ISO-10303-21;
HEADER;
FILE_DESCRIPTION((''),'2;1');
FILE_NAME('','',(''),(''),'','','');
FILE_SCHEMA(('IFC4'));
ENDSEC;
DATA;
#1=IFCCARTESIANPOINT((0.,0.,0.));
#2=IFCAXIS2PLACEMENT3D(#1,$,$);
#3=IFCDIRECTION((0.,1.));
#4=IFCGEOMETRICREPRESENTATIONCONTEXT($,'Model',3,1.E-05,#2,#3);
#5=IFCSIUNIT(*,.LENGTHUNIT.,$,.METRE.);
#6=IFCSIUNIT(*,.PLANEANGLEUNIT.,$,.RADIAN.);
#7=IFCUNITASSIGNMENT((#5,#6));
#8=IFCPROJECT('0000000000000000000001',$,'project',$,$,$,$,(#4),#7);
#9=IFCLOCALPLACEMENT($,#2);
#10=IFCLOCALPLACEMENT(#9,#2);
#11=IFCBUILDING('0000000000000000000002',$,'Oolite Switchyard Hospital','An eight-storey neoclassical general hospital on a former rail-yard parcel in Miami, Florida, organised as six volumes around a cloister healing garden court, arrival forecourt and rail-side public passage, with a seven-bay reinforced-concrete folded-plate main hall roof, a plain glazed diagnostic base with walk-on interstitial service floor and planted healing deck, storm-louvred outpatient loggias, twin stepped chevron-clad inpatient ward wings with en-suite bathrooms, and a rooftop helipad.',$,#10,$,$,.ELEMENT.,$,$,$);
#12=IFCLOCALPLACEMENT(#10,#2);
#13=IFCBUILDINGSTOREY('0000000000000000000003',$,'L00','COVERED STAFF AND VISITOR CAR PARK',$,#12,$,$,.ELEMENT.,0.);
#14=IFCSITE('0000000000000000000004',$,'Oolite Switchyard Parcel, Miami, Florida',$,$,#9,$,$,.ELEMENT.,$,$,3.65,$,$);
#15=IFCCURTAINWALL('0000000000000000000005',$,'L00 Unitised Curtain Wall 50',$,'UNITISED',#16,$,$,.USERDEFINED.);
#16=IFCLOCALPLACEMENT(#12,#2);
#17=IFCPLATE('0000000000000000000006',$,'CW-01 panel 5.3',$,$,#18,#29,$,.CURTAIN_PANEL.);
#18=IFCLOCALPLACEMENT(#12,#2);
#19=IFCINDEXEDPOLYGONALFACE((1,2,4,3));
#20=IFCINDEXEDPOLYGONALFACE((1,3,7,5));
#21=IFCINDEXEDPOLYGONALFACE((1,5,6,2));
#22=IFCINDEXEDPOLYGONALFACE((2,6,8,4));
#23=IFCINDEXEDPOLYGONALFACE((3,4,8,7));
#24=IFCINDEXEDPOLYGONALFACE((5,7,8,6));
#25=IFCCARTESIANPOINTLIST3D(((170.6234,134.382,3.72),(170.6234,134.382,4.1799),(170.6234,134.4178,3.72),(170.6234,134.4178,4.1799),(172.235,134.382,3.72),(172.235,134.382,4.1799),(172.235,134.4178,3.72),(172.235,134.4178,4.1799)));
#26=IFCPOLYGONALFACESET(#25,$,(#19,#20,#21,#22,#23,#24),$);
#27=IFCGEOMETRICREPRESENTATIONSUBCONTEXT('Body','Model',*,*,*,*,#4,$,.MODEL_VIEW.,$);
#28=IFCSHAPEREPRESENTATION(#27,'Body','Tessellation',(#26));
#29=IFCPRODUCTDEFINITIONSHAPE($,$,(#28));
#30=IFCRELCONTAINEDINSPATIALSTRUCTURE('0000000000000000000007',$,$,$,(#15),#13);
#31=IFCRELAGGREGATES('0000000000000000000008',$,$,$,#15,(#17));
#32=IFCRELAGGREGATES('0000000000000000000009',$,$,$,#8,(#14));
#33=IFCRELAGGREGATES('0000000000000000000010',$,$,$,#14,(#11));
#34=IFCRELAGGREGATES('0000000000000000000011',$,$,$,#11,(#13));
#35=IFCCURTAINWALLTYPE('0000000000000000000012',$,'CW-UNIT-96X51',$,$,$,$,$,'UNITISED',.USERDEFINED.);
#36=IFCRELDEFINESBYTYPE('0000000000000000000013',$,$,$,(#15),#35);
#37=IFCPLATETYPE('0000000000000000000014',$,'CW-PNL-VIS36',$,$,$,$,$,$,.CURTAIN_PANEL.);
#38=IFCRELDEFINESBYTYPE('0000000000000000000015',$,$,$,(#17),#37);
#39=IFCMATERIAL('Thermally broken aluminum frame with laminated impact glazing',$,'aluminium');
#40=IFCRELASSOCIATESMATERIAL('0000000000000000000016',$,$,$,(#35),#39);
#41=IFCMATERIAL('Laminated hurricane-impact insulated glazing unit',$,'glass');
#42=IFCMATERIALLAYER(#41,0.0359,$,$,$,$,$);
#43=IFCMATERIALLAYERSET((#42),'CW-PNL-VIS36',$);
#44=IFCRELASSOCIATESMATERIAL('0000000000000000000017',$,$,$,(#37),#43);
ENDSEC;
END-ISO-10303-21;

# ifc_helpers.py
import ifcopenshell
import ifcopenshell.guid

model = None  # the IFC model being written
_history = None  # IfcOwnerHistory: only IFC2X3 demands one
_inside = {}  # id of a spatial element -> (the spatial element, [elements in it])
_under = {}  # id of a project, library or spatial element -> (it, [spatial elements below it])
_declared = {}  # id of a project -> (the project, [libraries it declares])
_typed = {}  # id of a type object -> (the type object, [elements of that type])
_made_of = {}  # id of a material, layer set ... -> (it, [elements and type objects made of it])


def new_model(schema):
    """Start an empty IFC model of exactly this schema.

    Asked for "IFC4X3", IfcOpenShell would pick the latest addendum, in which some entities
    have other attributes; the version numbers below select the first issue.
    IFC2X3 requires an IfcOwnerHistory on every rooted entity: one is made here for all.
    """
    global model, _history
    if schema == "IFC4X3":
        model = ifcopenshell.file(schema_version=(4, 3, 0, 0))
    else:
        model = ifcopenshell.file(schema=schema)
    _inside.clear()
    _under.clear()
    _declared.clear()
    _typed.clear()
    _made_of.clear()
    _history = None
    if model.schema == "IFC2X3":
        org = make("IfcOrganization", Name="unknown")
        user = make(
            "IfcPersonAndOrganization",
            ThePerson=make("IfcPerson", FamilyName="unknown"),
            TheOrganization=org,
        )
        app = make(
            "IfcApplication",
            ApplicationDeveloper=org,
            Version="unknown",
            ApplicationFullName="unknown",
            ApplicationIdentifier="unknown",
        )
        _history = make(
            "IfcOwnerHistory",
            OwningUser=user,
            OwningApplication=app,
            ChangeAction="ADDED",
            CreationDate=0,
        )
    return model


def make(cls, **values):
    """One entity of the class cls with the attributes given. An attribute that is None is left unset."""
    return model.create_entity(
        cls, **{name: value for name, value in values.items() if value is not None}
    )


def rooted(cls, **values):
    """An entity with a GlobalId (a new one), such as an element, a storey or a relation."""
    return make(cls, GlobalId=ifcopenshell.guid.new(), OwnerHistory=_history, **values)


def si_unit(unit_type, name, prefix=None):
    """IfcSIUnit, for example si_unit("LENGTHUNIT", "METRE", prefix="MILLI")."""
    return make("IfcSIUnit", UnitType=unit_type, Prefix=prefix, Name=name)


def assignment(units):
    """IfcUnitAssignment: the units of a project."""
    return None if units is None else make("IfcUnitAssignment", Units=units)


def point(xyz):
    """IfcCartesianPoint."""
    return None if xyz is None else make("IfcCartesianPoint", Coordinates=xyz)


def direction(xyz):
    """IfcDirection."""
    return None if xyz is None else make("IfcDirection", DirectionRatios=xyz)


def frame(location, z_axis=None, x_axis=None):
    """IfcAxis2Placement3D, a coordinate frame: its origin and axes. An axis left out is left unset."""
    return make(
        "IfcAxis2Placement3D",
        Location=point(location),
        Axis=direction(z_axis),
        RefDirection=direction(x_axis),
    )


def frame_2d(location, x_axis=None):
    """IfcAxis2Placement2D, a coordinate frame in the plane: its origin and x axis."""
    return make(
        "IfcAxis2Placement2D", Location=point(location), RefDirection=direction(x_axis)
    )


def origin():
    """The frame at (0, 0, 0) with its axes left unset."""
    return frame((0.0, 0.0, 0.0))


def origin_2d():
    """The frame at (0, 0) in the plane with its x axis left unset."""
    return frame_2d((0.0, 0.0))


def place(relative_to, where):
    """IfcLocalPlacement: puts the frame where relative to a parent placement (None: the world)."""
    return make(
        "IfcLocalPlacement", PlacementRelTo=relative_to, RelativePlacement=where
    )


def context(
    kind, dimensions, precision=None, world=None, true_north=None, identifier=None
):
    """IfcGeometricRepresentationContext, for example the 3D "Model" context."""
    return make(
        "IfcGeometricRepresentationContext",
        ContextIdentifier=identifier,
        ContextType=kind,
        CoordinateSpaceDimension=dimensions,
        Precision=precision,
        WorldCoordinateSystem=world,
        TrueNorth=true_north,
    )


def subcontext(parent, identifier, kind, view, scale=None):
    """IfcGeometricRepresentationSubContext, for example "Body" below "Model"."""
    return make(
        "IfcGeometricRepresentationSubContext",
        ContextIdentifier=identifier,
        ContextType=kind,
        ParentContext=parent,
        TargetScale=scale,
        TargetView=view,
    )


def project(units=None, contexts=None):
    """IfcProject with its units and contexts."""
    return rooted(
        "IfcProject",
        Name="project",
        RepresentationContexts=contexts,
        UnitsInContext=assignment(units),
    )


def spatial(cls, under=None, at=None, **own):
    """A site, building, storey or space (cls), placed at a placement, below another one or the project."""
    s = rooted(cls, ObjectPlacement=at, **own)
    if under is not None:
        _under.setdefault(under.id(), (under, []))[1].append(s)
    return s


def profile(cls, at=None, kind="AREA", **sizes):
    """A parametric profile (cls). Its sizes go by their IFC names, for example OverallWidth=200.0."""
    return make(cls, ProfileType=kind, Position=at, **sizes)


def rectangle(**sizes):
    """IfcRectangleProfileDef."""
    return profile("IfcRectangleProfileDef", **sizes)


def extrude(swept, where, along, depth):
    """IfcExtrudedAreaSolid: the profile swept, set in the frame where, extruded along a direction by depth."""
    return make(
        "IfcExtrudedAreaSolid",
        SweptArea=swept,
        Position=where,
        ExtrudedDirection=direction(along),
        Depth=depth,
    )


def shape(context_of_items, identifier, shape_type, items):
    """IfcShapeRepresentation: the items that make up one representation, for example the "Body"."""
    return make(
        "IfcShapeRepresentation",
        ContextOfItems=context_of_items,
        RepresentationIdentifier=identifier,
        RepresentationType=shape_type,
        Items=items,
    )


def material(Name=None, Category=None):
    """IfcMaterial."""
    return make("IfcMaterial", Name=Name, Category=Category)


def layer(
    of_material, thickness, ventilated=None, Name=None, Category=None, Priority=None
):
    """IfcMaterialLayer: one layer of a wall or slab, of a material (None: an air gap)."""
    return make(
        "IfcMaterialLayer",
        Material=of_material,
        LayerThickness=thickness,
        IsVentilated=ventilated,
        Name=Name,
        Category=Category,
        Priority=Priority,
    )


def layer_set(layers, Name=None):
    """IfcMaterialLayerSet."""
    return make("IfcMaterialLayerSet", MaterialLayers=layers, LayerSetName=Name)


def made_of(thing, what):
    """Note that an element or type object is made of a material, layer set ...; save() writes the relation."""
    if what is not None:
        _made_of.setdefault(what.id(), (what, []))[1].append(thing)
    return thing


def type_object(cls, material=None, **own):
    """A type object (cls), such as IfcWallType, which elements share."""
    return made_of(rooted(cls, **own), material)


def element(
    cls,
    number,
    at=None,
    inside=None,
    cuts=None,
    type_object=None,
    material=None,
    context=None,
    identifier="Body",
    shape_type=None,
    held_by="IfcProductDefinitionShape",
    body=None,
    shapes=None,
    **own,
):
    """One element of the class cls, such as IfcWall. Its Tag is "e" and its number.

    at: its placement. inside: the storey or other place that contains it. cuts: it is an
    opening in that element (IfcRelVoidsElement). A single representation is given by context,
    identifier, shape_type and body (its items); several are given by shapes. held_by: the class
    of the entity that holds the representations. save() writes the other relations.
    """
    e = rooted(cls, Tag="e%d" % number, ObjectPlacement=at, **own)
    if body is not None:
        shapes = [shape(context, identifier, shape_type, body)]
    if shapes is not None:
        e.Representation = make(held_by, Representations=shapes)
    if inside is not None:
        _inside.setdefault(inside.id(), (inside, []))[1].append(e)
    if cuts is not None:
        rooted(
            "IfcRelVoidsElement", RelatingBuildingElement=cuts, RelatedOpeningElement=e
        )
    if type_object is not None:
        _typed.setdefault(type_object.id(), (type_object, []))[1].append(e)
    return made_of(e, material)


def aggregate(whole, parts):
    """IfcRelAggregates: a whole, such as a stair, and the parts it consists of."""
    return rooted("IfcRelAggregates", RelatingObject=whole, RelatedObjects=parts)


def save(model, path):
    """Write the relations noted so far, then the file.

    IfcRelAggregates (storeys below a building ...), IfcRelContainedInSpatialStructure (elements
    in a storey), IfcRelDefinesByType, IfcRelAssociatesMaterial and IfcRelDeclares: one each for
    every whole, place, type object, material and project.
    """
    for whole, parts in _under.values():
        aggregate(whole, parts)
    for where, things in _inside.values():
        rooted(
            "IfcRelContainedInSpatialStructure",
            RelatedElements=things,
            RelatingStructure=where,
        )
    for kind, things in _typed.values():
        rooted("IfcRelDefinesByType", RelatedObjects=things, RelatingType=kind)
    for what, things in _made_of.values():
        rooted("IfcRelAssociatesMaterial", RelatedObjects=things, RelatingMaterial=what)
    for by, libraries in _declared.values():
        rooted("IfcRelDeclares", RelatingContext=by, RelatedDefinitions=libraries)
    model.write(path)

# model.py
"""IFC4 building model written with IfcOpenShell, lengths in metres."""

from ifc_helpers import new_model, si_unit, direction, frame, origin, origin_2d, place, context, subcontext, project, spatial, rectangle, extrude, material, layer, layer_set, type_object, element, aggregate, save


model = new_model("IFC4")

# Units and contexts
model_context = context("Model", 3, precision=1e-05, world=origin(), true_north=direction((0.0, 1.0)))
body_context = subcontext(model_context, "Body", "Model", "MODEL_VIEW")
ifc_project = project(units=[si_unit("LENGTHUNIT", "METRE"), si_unit("PLANEANGLEUNIT", "RADIAN")], contexts=[model_context])

# Site, building, storey
site_placement = place(None, origin())
site = spatial("IfcSite", under=ifc_project, at=site_placement, Name="Oolite Switchyard Parcel, Miami, Florida", CompositionType="ELEMENT", RefElevation=3.65)
building_placement = place(site_placement, origin())
building = spatial("IfcBuilding", under=site, at=building_placement, Name="Oolite Switchyard Hospital", Description="An eight-storey neoclassical general hospital on a former rail-yard parcel in Miami, Florida, organised as six volumes around a cloister healing garden court, arrival forecourt and rail-side public passage, with a seven-bay reinforced-concrete folded-plate main hall roof, a plain glazed diagnostic base with walk-on interstitial service floor and planted healing deck, storm-louvred outpatient loggias, twin stepped chevron-clad inpatient ward wings with en-suite bathrooms, and a rooftop helipad.", CompositionType="ELEMENT")
storey_placement = place(building_placement, origin())
storey = spatial("IfcBuildingStorey", under=building, at=storey_placement, Name="L00", Description="COVERED STAFF AND VISITOR CAR PARK", CompositionType="ELEMENT", Elevation=0.0)

# Curtain wall, plate
ifc_material_1 = material(Name="Thermally broken aluminum frame with laminated impact glazing", Category="aluminium")
curtain_wall_type = type_object("IfcCurtainWallType", Name="CW-UNIT-96X51", ElementType="UNITISED", PredefinedType="USERDEFINED", material=ifc_material_1)
curtain_wall_placement = place(storey_placement, origin())
curtain_wall = element("IfcCurtainWall", 1, at=curtain_wall_placement, inside=storey, type_object=curtain_wall_type, Name="L00 Unitised Curtain Wall 50", ObjectType="UNITISED", PredefinedType="USERDEFINED")
ifc_material_2 = material(Name="Laminated hurricane-impact insulated glazing unit", Category="glass")
ifc_layer = layer(ifc_material_2, 0.0359)
ifc_layer_set = layer_set([ifc_layer], Name="CW-PNL-VIS36")
plate_type = type_object("IfcPlateType", Name="CW-PNL-VIS36", PredefinedType="CURTAIN_PANEL", material=ifc_layer_set)
plate_1_placement = place(storey_placement, frame((171.4292, 134.3999, 3.72), z_axis=(0.0, 0.0, 1.0), x_axis=(1.0, 0.0, 0.0)))
plate_1 = element("IfcPlate", 2, at=plate_1_placement, type_object=plate_type, Name="CW-01 panel 5.3", PredefinedType="CURTAIN_PANEL", context=body_context, shape_type="SweptSolid", body=[
    extrude(rectangle(XDim=1.6116, YDim=0.0359, at=origin_2d()), origin(), (0.0, 0.0, 1.0), 0.46),
])
aggregate(curtain_wall, [plate_1])

save(model, "model.ifc")
